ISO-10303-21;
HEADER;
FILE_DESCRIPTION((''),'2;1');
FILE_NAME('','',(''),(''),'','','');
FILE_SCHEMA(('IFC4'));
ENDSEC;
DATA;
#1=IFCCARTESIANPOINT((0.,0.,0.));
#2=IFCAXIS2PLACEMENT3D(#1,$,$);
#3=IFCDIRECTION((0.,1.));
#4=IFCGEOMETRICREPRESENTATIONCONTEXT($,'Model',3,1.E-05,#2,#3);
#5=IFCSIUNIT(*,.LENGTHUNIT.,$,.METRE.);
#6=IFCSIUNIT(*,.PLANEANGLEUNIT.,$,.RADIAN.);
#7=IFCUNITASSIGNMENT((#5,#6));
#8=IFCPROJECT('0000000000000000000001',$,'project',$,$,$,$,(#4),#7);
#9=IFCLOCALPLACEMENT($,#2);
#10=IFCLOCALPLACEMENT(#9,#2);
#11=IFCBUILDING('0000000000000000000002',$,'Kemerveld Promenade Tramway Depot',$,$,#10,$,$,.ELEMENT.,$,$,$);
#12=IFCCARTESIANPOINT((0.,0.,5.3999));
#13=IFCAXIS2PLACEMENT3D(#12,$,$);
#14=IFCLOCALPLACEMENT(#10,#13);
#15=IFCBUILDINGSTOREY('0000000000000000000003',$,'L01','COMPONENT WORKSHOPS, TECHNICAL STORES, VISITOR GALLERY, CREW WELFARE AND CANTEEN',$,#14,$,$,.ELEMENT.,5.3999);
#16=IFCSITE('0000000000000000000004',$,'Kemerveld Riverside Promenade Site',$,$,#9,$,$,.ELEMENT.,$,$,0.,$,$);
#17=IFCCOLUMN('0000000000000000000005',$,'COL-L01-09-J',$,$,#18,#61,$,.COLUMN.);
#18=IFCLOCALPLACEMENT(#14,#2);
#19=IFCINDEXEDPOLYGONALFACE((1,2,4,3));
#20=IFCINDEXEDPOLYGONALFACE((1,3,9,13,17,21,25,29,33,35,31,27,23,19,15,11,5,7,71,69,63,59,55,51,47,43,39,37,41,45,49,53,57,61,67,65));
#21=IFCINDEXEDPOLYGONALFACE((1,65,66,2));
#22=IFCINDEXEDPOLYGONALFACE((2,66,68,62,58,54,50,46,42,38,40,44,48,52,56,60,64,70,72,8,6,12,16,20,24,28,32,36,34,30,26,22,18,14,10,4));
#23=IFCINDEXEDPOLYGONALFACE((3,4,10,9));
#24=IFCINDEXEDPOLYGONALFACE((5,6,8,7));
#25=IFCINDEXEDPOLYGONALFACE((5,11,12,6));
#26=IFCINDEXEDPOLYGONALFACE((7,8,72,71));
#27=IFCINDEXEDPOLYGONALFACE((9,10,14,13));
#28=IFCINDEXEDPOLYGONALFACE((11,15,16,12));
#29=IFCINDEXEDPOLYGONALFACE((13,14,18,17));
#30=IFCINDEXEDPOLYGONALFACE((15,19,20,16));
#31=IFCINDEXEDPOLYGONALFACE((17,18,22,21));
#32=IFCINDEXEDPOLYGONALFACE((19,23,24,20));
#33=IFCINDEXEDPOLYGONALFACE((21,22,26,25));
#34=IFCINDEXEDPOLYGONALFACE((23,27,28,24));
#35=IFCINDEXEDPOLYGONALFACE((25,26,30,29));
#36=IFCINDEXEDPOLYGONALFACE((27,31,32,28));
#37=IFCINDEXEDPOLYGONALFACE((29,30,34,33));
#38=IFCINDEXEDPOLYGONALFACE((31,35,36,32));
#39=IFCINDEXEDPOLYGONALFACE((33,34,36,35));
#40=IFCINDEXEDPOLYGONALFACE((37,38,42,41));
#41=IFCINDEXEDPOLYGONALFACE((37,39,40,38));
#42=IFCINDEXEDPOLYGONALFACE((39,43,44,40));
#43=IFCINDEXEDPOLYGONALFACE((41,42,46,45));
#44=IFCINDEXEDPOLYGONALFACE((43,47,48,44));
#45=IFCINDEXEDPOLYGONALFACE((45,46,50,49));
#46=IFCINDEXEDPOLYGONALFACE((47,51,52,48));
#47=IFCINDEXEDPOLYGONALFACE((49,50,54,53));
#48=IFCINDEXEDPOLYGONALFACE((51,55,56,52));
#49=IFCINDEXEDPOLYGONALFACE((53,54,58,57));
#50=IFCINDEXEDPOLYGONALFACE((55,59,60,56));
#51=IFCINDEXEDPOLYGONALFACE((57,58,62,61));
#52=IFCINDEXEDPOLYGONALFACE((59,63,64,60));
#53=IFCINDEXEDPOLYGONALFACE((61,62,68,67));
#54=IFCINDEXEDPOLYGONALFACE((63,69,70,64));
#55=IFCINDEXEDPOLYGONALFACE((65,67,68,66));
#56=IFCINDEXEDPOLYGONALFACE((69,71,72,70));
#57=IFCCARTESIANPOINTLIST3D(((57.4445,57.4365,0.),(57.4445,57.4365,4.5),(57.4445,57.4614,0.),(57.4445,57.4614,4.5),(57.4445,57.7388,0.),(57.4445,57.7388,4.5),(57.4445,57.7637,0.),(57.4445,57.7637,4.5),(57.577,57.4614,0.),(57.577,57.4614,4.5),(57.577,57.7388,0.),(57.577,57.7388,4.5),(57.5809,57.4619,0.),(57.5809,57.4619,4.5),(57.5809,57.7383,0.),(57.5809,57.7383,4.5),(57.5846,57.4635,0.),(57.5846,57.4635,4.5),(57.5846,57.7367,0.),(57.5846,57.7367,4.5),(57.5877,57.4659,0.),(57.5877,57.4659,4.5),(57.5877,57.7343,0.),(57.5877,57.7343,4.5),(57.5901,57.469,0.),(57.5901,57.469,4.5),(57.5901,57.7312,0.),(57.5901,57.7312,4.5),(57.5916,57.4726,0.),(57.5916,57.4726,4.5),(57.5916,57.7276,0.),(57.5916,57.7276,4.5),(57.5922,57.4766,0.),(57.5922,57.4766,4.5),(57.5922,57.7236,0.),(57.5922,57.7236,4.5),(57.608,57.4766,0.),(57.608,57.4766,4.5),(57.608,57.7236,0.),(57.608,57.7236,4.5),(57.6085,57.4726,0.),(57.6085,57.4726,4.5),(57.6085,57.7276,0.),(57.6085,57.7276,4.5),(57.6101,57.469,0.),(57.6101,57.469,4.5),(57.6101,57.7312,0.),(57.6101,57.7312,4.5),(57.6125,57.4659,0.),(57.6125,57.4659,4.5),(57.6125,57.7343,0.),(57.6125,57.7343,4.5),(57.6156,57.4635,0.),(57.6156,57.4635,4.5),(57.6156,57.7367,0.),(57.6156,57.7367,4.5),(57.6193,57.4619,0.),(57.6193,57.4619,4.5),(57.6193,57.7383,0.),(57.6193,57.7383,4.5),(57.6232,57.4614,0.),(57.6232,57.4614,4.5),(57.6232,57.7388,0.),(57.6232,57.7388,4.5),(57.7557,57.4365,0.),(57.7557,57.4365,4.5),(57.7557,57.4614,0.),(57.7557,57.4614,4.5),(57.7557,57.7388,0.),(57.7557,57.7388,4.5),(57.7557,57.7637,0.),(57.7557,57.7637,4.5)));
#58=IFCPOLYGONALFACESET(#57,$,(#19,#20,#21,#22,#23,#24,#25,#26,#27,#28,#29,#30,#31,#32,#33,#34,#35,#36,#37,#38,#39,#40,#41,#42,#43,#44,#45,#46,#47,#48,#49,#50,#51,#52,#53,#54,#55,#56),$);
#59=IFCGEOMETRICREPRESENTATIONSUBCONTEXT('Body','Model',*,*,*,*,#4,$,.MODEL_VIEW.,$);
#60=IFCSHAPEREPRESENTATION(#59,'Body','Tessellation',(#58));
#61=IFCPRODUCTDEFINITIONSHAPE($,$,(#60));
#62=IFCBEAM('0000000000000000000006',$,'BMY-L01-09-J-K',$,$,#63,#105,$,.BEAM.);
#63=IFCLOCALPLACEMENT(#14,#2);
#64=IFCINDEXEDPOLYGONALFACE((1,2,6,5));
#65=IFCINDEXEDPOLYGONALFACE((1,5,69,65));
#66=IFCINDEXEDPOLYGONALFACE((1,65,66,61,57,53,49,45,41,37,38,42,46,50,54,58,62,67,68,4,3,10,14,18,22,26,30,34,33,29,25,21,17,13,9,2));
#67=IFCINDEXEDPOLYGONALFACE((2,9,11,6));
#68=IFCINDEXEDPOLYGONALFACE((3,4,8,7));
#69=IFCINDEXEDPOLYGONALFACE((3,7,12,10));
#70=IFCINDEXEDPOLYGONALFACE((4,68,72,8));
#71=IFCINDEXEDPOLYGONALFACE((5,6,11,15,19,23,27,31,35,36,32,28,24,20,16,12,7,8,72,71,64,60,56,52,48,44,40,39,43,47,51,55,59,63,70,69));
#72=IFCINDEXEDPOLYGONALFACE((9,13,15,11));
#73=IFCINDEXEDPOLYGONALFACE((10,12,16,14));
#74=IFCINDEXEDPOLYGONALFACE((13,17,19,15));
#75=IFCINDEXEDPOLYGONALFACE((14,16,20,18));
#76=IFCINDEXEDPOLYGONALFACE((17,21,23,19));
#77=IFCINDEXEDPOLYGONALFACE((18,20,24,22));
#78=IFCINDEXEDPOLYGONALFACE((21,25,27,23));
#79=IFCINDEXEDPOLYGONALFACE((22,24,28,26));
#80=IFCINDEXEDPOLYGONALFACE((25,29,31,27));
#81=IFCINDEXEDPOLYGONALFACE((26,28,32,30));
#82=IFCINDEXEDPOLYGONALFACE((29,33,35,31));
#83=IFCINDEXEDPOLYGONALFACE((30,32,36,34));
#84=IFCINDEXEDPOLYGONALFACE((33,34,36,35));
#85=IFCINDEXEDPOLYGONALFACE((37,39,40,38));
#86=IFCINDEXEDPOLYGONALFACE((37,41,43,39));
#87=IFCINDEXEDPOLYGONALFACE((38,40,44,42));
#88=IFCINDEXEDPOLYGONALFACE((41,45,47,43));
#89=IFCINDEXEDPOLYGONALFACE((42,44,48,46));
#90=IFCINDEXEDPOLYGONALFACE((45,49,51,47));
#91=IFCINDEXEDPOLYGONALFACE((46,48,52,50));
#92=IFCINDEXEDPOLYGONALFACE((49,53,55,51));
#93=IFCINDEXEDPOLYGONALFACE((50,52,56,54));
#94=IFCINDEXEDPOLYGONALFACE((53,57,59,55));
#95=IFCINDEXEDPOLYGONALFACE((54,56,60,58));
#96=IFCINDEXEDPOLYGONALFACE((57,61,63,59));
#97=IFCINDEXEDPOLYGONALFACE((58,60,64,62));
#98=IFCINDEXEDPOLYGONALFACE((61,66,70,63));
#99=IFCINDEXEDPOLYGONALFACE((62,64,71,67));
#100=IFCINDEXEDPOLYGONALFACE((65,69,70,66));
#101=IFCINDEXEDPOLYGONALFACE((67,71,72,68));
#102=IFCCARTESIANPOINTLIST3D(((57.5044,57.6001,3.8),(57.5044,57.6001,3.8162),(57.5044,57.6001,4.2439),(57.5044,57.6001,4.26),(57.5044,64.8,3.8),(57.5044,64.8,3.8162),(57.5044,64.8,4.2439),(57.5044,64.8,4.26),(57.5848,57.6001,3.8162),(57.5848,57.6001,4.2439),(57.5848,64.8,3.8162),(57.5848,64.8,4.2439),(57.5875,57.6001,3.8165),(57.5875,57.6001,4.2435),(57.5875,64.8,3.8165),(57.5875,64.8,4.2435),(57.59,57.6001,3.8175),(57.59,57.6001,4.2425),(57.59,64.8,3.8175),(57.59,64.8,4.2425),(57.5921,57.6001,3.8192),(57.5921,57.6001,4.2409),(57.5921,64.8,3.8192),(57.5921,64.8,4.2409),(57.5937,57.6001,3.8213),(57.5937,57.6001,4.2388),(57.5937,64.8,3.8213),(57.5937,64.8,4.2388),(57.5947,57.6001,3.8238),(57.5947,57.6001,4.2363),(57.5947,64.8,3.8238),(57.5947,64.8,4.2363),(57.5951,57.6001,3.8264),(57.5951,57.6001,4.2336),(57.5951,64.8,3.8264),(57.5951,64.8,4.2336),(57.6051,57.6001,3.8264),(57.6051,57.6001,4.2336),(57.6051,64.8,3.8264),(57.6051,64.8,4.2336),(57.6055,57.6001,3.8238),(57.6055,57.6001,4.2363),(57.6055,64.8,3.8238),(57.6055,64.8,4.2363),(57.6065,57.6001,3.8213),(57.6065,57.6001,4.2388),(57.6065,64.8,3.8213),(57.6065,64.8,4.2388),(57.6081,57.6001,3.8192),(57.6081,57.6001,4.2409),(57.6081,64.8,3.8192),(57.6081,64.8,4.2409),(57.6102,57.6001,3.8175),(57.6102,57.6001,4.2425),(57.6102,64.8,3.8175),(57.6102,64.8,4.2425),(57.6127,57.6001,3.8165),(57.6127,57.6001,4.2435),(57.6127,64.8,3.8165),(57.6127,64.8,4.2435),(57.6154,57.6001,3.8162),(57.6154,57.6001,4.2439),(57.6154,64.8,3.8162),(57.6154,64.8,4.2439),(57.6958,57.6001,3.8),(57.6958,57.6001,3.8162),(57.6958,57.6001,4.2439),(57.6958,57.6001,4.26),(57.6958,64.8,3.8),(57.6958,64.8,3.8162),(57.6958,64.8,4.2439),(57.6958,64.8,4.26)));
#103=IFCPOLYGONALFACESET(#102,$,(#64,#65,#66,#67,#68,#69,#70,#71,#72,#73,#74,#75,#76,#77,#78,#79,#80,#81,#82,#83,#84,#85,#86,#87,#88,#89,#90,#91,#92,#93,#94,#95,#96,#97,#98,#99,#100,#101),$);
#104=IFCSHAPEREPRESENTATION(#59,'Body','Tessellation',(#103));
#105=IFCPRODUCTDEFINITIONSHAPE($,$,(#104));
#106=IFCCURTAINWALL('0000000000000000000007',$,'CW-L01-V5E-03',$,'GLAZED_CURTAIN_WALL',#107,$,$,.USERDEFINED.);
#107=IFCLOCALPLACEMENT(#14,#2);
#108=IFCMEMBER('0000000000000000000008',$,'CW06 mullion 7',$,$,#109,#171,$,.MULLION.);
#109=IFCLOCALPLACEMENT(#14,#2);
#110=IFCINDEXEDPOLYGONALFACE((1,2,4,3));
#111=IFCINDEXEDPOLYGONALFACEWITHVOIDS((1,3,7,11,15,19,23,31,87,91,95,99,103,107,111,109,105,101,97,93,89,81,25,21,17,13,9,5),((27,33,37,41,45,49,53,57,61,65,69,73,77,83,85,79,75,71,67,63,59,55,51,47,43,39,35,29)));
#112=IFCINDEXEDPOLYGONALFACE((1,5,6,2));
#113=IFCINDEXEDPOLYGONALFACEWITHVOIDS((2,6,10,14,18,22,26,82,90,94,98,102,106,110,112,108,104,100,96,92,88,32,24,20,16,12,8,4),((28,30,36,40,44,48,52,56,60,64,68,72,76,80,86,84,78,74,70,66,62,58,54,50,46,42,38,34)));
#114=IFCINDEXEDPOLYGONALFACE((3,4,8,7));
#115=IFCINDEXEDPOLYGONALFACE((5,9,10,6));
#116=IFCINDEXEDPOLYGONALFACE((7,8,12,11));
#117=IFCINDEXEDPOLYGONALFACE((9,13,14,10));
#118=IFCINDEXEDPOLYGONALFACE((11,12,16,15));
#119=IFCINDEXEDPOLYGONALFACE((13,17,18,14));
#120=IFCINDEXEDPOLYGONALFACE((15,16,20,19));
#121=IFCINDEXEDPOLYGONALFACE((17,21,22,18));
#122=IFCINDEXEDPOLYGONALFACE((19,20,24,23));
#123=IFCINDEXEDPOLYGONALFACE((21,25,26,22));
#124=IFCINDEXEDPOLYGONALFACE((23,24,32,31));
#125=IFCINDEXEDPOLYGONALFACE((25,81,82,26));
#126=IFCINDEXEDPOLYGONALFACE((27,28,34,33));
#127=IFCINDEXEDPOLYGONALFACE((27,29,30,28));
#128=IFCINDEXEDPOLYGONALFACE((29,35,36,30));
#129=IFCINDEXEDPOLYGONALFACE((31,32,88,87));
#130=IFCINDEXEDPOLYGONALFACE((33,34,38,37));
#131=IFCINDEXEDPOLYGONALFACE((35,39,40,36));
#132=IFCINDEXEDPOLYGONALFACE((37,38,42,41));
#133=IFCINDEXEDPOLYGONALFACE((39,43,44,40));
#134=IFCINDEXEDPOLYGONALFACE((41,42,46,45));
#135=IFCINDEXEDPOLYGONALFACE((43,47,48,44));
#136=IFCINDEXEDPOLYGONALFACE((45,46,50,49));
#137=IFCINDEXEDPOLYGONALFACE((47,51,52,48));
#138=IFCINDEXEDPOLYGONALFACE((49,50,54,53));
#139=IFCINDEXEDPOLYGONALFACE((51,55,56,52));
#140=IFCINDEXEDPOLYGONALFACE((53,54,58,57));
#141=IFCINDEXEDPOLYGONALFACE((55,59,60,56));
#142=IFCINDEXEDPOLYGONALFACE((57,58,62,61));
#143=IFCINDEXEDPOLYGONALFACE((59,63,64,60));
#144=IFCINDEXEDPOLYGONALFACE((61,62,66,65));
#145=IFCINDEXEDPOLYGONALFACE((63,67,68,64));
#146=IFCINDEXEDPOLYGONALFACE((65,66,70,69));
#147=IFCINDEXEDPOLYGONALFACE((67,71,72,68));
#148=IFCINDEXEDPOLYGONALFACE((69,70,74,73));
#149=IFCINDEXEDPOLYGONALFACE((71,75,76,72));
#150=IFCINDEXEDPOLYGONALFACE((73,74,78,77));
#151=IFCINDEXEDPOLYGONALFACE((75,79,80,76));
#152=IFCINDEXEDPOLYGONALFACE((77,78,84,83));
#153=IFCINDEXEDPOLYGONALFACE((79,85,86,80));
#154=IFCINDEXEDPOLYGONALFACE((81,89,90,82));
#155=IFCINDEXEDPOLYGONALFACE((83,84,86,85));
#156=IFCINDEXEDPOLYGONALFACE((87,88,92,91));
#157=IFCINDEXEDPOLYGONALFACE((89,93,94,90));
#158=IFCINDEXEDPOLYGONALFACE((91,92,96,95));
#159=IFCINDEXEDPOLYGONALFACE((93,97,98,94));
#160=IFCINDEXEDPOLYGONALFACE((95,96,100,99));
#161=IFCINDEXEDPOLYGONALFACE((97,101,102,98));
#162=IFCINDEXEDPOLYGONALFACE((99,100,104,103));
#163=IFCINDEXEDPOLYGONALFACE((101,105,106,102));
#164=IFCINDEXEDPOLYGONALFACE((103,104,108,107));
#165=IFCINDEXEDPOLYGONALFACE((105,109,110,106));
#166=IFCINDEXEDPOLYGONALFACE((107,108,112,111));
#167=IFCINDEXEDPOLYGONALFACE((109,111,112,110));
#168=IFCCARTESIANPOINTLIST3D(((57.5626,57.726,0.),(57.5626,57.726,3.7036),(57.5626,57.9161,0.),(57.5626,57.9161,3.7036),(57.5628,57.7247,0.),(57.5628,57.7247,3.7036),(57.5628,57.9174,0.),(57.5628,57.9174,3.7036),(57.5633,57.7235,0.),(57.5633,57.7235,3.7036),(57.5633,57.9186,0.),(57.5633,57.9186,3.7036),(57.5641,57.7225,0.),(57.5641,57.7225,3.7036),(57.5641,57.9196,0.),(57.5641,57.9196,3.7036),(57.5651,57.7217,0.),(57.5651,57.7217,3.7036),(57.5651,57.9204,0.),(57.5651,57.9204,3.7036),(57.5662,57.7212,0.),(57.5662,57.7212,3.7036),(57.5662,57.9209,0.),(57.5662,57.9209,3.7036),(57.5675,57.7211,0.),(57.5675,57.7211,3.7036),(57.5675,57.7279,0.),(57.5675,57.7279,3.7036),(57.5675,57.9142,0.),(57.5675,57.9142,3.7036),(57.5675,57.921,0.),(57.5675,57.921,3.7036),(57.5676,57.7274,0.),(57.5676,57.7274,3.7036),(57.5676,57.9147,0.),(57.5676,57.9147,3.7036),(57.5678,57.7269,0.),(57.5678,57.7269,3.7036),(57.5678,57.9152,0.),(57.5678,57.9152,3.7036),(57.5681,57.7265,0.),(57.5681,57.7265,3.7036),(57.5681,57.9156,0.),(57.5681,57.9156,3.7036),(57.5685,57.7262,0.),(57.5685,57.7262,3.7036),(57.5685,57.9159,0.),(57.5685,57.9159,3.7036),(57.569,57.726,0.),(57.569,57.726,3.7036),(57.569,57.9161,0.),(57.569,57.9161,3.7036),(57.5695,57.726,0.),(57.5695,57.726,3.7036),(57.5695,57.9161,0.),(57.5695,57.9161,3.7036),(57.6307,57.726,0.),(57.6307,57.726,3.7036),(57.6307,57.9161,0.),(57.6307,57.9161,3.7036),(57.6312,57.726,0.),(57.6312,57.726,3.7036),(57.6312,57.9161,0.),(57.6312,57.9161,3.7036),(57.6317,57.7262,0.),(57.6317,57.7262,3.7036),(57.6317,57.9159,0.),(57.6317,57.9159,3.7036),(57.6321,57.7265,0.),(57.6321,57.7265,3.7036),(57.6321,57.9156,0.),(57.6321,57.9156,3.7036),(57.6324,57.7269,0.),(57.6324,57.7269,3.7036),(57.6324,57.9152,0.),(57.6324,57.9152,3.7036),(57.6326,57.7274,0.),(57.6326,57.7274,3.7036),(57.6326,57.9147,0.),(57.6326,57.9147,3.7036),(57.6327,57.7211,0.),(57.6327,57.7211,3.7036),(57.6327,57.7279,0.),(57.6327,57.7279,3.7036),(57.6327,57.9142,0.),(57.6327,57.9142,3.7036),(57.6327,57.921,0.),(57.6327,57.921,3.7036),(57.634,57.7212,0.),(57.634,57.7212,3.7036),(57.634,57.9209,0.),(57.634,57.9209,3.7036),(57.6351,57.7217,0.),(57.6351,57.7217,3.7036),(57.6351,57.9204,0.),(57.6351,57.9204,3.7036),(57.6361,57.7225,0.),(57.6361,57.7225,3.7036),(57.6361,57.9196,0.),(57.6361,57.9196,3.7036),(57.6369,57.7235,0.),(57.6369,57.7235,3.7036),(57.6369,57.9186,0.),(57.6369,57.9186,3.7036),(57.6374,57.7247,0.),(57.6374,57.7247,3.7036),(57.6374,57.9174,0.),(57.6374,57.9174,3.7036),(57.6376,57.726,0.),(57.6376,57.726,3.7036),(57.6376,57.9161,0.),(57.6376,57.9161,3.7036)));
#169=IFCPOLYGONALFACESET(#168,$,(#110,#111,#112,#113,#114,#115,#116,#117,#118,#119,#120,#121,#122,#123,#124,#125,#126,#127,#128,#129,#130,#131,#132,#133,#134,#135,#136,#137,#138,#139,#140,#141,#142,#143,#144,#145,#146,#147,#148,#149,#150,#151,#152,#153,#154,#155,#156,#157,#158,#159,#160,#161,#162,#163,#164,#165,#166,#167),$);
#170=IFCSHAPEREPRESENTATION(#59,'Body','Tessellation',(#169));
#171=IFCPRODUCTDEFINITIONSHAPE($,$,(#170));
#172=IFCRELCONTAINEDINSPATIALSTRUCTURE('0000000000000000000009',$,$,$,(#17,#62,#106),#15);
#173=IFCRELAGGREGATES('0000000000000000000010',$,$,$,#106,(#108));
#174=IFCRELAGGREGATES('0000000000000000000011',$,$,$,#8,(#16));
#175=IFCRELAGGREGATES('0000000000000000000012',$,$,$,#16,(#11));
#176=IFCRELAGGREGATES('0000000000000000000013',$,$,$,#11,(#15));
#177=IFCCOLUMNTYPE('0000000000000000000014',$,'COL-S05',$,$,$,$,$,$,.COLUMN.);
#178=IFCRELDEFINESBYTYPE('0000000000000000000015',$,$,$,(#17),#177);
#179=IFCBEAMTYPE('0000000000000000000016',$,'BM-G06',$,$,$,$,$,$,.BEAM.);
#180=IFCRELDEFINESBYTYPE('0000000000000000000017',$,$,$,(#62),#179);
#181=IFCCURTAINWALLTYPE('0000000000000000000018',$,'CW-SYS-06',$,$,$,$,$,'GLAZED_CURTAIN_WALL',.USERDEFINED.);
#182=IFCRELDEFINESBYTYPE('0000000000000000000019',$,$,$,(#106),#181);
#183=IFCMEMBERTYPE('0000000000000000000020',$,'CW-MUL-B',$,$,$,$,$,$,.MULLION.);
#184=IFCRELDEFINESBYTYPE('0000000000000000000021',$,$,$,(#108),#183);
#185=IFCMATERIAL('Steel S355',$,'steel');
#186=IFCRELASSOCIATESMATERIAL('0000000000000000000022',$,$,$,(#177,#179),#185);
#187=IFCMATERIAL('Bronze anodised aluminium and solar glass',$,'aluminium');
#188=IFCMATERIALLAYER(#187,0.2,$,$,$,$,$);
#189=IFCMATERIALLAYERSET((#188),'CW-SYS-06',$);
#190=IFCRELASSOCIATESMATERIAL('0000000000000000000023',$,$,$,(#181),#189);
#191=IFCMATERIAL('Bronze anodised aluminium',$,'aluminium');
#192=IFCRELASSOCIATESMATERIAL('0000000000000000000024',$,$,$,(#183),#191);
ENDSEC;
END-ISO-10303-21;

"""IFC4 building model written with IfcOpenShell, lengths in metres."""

from ifc_helpers import new_model, si_unit, direction, frame, origin, origin_2d, place, context, subcontext, project, spatial, hollow_rectangle, i_section, extrude, material, layer, layer_set, material_profile, profile_set, type_object, element, aggregate, save


model = new_model("IFC4")

# Units and contexts
model_context = context("Model", 3, precision=1e-05, world=origin(), true_north=direction((0.0, 1.0)))
body_context = subcontext(model_context, "Body", "Model", "MODEL_VIEW")
ifc_project = project(units=[si_unit("LENGTHUNIT", "METRE"), si_unit("PLANEANGLEUNIT", "RADIAN")], contexts=[model_context])

# Site, building, storey
site_placement = place(None, origin())
site = spatial("IfcSite", under=ifc_project, at=site_placement, Name="Kemerveld Riverside Promenade Site", CompositionType="ELEMENT", RefElevation=0.0)
building_placement = place(site_placement, origin())
building = spatial("IfcBuilding", under=site, at=building_placement, Name="Kemerveld Promenade Tramway Depot", CompositionType="ELEMENT")
storey_placement = place(building_placement, frame((0.0, 0.0, 5.3999)))
storey = spatial("IfcBuildingStorey", under=building, at=storey_placement, Name="L01", Description="COMPONENT WORKSHOPS, TECHNICAL STORES, VISITOR GALLERY, CREW WELFARE AND CANTEEN", CompositionType="ELEMENT", Elevation=5.3999)

# Column
ifc_material_1 = material(Name="Steel S355", Category="steel")
ifc_material_profile_1 = material_profile(ifc_material_1, i_section(OverallWidth=0.3113, OverallDepth=0.3271, WebThickness=0.0159, FlangeThickness=0.0249, FilletRadius=0.0151, at=origin_2d()), Name="305x305x158 UC")
ifc_profile_set_1 = profile_set([ifc_material_profile_1], Name="Steel S355")
column_type = type_object("IfcColumnType", Name="COL-S05", PredefinedType="COLUMN", material=ifc_profile_set_1)
column_placement = place(storey_placement, frame((57.6001, 57.6001, 0.0), z_axis=(0.0, 0.0, 1.0), x_axis=(1.0, 0.0, 0.0)))
element("IfcColumn", 1, at=column_placement, inside=storey, type_object=column_type, Name="COL-L01-09-J", PredefinedType="COLUMN", context=body_context, shape_type="SweptSolid", body=[
    extrude(i_section(OverallWidth=0.3113, OverallDepth=0.3271, WebThickness=0.0159, FlangeThickness=0.0249, FilletRadius=0.0151, at=origin_2d()), origin(), (0.0, 0.0, 1.0), 4.5),
])

# Beam
ifc_material_profile_2 = material_profile(ifc_material_1, i_section(OverallWidth=0.1914, OverallDepth=0.46, WebThickness=0.01, FlangeThickness=0.0161, FilletRadius=0.0103, at=origin_2d()), Name="457x191x82 UB")
ifc_profile_set_2 = profile_set([ifc_material_profile_2], Name="Steel S355")
beam_type = type_object("IfcBeamType", Name="BM-G06", PredefinedType="BEAM", material=ifc_profile_set_2)
beam_placement = place(storey_placement, frame((57.6001, 57.6001, 4.03), z_axis=(0.0, 1.0, 0.0), x_axis=(-1.0, 0.0, 0.0)))
element("IfcBeam", 2, at=beam_placement, inside=storey, type_object=beam_type, Name="BMY-L01-09-J-K", PredefinedType="BEAM", context=body_context, shape_type="SweptSolid", body=[
    extrude(i_section(OverallWidth=0.1914, OverallDepth=0.46, WebThickness=0.01, FlangeThickness=0.0161, FilletRadius=0.0103, at=origin_2d()), origin(), (0.0, 0.0, 1.0), 7.2),
])

# Curtain wall, member
ifc_material_2 = material(Name="Bronze anodised aluminium and solar glass", Category="aluminium")
ifc_layer_1 = layer(ifc_material_2, 0.2)
ifc_layer_set_1 = layer_set([ifc_layer_1], Name="CW-SYS-06")
curtain_wall_type_1 = type_object("IfcCurtainWallType", Name="CW-SYS-06", ElementType="GLAZED_CURTAIN_WALL", PredefinedType="USERDEFINED", material=ifc_layer_set_1)
curtain_wall_1_placement = place(storey_placement, origin())
curtain_wall_1 = element("IfcCurtainWall", 3, at=curtain_wall_1_placement, inside=storey, type_object=curtain_wall_type_1, Name="CW-L01-V5E-03", ObjectType="GLAZED_CURTAIN_WALL", PredefinedType="USERDEFINED")
ifc_material_3 = material(Name="Bronze anodised aluminium", Category="aluminium")
ifc_material_profile_3 = material_profile(ifc_material_3, hollow_rectangle(XDim=0.075, YDim=0.2, WallThickness=0.0049, InnerFilletRadius=0.002, OuterFilletRadius=0.0049, at=origin_2d()), Name="CW-MUL-200x75")
ifc_profile_set_3 = profile_set([ifc_material_profile_3], Name="Bronze anodised aluminium")
member_type_1 = type_object("IfcMemberType", Name="CW-MUL-B", PredefinedType="MULLION", material=ifc_profile_set_3)
member_1_placement = place(storey_placement, frame((57.6001, 57.821, 0.0), z_axis=(0.0, 0.0, 1.0), x_axis=(1.0, 0.0, 0.0)))
member_1 = element("IfcMember", 4, at=member_1_placement, type_object=member_type_1, Name="CW06 mullion 7", PredefinedType="MULLION", context=body_context, shape_type="SweptSolid", body=[
    extrude(hollow_rectangle(XDim=0.075, YDim=0.2, WallThickness=0.0049, InnerFilletRadius=0.002, OuterFilletRadius=0.0049, at=origin_2d()), origin(), (0.0, 0.0, 1.0), 3.7036),
])

aggregate(curtain_wall_1, [member_1])

save(model, "model.ifc")
